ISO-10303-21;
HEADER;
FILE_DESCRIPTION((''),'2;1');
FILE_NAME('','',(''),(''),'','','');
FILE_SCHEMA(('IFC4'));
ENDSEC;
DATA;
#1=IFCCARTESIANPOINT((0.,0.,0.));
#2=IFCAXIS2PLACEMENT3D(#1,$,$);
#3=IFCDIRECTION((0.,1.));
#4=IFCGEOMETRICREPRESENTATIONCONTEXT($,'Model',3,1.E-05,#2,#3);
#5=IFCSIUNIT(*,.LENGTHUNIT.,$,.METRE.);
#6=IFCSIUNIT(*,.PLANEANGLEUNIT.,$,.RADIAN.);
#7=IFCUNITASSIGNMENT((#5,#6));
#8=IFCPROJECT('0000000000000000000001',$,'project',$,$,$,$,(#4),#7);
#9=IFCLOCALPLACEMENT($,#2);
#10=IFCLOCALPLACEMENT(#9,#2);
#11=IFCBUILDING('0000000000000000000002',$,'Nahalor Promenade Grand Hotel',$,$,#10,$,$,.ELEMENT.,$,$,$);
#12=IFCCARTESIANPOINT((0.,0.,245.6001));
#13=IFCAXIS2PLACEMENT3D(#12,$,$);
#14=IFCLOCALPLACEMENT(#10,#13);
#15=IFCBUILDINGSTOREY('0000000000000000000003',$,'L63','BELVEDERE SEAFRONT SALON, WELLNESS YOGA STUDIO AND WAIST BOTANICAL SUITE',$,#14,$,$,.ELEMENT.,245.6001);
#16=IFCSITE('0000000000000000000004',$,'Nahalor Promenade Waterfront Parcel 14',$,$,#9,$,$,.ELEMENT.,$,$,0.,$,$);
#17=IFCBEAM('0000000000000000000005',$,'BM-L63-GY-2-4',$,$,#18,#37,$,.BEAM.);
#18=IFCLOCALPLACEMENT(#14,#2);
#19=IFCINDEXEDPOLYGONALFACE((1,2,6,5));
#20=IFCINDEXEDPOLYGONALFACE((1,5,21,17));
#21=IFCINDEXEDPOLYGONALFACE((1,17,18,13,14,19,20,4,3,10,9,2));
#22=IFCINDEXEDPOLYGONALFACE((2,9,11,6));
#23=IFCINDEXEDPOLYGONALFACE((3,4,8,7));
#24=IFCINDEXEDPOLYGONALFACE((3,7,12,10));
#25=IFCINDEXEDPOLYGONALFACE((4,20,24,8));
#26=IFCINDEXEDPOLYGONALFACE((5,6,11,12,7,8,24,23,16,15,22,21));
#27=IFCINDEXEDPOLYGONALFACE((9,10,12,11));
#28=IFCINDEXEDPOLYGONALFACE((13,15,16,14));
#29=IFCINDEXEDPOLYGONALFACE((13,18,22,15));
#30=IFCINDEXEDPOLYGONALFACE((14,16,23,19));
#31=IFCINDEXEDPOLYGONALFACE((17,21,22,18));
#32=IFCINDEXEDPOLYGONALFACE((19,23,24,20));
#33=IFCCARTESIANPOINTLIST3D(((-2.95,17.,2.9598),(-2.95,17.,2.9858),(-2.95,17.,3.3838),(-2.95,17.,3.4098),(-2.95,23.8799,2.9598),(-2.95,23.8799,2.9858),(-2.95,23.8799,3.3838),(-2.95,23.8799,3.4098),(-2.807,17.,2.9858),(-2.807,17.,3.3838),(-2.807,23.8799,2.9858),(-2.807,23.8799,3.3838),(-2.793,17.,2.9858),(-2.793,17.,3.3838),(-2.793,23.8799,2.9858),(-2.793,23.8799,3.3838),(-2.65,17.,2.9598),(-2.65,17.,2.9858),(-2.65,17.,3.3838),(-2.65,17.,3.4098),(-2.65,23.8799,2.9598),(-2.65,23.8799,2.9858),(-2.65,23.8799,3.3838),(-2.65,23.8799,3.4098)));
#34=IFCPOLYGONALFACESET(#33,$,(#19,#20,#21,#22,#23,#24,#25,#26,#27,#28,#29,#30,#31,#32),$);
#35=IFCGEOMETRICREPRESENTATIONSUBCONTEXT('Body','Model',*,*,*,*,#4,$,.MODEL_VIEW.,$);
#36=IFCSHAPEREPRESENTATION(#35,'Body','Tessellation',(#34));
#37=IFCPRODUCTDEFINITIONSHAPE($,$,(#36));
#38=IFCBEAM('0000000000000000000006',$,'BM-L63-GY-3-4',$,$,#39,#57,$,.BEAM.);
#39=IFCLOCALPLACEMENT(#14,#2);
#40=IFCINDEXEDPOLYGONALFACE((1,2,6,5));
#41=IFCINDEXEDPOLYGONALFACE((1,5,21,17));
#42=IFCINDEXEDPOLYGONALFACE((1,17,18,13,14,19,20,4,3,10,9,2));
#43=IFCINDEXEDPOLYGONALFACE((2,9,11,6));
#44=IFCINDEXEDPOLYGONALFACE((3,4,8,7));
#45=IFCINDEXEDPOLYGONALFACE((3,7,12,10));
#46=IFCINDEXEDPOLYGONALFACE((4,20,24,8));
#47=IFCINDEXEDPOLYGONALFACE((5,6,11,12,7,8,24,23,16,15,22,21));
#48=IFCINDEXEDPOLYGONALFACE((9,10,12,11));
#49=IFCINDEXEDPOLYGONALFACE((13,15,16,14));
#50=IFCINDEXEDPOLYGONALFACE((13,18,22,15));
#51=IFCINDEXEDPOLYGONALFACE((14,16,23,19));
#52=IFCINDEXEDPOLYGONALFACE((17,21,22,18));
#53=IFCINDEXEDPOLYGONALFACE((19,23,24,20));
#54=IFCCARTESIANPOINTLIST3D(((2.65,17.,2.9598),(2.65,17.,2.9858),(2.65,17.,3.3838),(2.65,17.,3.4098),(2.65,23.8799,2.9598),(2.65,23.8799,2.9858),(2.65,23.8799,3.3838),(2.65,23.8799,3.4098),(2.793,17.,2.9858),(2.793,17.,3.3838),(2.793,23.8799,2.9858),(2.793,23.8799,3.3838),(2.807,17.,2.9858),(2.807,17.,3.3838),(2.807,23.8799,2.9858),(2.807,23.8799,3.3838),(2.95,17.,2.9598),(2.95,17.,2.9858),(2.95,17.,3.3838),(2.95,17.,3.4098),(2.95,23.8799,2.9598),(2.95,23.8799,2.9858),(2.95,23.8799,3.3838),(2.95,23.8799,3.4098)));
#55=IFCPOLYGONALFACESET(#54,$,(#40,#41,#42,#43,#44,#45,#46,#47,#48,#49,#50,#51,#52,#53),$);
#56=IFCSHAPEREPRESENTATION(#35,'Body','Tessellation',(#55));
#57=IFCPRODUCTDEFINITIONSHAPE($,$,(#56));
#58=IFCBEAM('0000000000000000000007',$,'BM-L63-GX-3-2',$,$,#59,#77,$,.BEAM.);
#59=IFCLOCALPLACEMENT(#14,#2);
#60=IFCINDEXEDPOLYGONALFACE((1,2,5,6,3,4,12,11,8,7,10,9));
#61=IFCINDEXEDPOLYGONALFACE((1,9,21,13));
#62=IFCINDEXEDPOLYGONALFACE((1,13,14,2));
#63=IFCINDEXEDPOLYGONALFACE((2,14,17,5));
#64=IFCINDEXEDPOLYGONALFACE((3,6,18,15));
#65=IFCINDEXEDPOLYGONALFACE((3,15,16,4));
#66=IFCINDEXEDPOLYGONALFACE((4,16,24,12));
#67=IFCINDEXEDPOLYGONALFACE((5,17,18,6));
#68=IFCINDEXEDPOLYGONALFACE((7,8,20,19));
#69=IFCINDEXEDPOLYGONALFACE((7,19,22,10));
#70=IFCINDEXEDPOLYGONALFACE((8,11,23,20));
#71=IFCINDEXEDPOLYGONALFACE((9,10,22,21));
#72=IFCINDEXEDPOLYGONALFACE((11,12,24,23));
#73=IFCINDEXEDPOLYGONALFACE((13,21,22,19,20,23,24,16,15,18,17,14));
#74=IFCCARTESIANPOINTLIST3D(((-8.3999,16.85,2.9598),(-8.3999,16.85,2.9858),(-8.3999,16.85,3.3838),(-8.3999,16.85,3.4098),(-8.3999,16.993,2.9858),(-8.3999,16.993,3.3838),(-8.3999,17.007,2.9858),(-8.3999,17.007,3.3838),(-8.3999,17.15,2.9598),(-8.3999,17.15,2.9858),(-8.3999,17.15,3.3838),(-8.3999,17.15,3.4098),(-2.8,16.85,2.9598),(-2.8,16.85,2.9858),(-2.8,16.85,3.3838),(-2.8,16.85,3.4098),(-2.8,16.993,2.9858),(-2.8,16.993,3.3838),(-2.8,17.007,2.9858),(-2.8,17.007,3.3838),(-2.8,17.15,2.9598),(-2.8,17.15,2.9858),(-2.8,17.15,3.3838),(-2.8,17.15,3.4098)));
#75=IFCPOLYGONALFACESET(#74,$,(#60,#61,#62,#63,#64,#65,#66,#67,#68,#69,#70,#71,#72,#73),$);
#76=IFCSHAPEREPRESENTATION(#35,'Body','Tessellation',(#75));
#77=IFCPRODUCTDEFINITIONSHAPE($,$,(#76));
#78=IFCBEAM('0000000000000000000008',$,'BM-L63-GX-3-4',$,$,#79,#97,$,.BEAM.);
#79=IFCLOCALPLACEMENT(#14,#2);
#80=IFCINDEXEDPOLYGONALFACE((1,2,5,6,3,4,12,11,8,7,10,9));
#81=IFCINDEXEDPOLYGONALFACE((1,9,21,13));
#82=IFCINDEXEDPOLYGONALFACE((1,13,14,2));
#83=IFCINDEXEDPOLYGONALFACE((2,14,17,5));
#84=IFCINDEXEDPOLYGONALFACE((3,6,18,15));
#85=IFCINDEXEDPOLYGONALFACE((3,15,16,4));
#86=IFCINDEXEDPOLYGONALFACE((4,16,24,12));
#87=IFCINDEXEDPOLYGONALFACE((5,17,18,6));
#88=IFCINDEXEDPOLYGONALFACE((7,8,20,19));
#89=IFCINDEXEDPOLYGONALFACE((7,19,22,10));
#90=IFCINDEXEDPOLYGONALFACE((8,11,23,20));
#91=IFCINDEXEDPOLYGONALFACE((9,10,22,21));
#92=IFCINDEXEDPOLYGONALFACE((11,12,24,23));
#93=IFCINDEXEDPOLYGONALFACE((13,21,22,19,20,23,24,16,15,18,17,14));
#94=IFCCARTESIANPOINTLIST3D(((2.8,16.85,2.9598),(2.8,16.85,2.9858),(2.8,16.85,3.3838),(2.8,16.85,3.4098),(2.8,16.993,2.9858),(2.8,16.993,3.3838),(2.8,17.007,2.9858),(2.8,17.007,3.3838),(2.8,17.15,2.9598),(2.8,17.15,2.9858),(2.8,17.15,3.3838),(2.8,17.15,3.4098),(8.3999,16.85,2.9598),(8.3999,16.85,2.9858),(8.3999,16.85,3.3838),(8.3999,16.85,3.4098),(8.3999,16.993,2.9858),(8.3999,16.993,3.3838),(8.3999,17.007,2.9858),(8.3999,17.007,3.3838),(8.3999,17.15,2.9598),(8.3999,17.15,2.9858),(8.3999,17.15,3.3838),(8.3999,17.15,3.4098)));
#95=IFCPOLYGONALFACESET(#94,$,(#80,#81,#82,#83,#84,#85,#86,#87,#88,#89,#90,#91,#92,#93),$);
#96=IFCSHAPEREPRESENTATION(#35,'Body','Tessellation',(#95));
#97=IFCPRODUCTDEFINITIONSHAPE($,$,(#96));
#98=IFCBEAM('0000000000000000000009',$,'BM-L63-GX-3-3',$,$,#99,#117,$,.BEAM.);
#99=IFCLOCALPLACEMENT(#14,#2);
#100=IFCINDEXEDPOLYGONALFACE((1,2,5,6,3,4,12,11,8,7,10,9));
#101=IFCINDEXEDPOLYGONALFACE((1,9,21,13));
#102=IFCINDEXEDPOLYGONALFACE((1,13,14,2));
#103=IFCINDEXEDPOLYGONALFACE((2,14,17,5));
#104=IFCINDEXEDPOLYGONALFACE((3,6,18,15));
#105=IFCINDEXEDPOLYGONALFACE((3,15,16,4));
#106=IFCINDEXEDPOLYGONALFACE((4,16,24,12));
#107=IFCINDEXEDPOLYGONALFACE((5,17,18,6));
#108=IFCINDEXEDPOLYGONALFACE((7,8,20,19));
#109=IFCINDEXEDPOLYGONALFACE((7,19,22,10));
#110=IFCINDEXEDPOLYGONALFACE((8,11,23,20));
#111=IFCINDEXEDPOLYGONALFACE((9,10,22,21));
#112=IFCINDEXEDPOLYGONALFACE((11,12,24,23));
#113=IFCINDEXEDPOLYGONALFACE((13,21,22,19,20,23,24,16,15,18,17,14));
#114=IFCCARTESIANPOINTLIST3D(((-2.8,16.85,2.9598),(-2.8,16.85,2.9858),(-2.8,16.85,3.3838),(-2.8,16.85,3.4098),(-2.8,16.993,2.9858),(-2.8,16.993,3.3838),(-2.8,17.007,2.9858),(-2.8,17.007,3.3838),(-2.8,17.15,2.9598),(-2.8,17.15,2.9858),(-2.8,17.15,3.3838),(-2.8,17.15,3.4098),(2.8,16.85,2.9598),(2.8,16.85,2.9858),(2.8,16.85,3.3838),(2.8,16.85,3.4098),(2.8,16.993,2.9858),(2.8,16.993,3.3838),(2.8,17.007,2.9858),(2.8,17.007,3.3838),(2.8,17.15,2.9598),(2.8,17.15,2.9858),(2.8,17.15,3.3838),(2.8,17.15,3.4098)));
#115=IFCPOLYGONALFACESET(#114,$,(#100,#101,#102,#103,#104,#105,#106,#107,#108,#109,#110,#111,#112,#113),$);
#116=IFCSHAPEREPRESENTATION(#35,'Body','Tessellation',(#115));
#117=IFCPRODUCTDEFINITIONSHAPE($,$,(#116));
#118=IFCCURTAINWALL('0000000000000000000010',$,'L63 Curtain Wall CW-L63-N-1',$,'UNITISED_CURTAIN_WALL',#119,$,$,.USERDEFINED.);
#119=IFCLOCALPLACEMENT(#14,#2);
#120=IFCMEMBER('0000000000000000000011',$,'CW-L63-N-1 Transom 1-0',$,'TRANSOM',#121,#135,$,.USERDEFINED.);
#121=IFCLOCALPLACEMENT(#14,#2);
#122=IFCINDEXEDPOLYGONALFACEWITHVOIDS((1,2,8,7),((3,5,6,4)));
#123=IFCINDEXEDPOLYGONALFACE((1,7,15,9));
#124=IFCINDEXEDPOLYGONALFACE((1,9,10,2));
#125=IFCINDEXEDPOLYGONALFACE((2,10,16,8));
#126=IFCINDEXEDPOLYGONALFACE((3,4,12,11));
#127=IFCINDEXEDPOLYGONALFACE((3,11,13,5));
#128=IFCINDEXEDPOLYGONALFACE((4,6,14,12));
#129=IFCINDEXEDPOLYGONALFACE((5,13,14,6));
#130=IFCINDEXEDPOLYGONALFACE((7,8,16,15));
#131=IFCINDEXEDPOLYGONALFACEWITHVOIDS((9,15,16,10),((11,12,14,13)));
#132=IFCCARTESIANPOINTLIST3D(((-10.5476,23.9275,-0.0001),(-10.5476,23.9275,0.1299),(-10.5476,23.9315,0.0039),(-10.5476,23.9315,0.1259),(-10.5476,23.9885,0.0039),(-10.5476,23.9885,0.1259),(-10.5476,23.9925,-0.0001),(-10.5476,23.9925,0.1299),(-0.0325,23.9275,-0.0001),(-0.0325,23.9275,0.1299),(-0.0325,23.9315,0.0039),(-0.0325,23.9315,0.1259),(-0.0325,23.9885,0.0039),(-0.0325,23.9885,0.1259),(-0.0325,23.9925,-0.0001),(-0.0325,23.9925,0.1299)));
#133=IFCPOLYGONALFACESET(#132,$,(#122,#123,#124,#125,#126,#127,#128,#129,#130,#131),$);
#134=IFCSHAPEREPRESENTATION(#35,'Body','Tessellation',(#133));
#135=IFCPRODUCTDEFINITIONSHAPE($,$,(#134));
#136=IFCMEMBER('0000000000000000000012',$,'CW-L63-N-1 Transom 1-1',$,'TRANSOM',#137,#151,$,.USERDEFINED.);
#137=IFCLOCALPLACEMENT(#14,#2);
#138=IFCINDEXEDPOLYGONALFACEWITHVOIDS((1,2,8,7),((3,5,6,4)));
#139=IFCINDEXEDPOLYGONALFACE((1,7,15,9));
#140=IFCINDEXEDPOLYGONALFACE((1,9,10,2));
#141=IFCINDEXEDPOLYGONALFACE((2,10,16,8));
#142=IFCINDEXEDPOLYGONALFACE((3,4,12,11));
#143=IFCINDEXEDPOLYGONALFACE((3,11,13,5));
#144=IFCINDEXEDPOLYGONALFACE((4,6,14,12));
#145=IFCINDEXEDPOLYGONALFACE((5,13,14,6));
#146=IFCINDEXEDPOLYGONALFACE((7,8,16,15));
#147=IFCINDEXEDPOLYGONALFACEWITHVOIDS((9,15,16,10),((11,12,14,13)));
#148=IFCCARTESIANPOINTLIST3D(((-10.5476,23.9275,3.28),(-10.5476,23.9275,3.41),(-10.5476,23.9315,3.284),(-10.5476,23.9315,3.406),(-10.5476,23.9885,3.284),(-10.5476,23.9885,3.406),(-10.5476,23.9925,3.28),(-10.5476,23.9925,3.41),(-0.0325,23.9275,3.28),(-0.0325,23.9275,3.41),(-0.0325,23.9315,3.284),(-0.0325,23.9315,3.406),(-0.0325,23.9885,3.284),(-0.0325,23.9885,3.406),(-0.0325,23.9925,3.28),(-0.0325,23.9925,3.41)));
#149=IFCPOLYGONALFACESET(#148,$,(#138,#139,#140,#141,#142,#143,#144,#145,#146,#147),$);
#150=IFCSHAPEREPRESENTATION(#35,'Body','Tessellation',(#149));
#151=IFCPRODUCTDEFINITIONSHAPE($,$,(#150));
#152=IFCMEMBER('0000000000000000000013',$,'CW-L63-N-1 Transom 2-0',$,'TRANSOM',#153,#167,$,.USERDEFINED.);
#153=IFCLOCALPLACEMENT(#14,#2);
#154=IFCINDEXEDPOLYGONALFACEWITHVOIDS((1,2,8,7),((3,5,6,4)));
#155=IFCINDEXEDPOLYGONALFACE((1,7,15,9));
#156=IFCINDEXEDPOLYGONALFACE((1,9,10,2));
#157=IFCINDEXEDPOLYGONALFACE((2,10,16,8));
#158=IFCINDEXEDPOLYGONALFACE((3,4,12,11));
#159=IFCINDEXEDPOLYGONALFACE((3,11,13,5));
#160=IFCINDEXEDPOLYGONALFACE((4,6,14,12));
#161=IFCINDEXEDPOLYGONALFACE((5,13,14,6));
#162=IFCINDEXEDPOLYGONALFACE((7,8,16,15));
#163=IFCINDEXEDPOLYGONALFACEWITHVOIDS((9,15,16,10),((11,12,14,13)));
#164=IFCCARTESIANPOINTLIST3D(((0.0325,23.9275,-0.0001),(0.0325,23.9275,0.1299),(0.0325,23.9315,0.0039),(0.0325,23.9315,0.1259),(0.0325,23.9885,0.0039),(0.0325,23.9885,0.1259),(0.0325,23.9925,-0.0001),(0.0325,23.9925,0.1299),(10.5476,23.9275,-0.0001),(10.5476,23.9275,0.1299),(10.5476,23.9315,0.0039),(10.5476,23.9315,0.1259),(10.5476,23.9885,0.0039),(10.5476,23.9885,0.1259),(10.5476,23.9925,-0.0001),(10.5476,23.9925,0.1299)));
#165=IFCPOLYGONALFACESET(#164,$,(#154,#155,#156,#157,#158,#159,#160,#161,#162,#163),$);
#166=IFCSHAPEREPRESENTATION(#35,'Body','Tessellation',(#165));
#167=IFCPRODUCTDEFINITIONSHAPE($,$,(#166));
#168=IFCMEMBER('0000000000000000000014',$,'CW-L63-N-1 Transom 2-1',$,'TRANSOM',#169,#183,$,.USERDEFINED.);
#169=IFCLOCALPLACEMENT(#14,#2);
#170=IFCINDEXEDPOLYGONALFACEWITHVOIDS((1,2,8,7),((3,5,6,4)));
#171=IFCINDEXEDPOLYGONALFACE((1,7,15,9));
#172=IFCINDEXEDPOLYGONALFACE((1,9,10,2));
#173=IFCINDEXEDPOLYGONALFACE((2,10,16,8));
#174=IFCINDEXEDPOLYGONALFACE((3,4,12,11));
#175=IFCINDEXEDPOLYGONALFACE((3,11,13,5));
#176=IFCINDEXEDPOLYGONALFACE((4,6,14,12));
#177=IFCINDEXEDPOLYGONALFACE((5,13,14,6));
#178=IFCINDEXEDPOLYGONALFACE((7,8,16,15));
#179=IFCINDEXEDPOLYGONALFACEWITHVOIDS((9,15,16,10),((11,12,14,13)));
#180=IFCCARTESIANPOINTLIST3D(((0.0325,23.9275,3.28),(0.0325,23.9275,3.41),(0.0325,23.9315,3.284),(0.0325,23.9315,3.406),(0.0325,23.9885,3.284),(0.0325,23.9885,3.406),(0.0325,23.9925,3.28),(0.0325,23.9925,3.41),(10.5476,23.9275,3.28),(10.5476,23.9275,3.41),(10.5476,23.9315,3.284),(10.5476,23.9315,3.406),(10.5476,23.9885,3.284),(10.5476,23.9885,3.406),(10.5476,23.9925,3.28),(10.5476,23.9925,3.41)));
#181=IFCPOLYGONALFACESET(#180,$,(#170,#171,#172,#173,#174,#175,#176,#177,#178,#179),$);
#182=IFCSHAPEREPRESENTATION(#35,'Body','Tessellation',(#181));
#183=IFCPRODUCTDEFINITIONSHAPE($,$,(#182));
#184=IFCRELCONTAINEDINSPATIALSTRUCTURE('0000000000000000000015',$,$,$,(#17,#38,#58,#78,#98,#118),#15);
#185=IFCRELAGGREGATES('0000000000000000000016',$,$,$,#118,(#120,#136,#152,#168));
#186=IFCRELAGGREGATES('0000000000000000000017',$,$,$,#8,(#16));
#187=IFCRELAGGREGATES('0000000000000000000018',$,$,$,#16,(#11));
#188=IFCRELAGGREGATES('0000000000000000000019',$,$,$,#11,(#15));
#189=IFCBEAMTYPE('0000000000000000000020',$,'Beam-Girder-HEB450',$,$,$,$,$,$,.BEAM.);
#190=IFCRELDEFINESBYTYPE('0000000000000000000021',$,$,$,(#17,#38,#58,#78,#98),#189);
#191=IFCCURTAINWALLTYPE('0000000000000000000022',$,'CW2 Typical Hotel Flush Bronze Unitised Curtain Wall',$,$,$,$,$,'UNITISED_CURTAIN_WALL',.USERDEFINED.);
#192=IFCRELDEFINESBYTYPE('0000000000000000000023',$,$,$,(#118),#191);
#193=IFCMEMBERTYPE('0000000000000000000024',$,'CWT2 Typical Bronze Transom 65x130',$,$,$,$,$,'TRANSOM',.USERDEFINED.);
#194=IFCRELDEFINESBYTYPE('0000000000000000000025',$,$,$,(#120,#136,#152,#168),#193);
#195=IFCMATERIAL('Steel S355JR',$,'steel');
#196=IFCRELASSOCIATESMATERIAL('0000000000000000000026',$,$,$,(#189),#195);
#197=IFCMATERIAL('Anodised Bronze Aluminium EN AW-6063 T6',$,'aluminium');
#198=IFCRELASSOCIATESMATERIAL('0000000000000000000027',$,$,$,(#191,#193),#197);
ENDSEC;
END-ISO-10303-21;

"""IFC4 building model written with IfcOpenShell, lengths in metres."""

from ifc_helpers import new_model, si_unit, direction, frame, origin, origin_2d, place, context, subcontext, project, spatial, hollow_rectangle, i_section, extrude, source, transform, mapped, material, material_profile, profile_set, type_object, element, aggregate, save


model = new_model("IFC4")

# Units and contexts
model_context = context("Model", 3, precision=1e-05, world=origin(), true_north=direction((0.0, 1.0)))
body_context = subcontext(model_context, "Body", "Model", "MODEL_VIEW")
ifc_project = project(units=[si_unit("LENGTHUNIT", "METRE"), si_unit("PLANEANGLEUNIT", "RADIAN")], contexts=[model_context])

# Site, building, storey
site_placement = place(None, origin())
site = spatial("IfcSite", under=ifc_project, at=site_placement, Name="Nahalor Promenade Waterfront Parcel 14", CompositionType="ELEMENT", RefElevation=0.0)
building_placement = place(site_placement, origin())
building = spatial("IfcBuilding", under=site, at=building_placement, Name="Nahalor Promenade Grand Hotel", CompositionType="ELEMENT")
storey_placement = place(building_placement, frame((0.0, 0.0, 245.6001)))
storey = spatial("IfcBuildingStorey", under=building, at=storey_placement, Name="L63", Description="BELVEDERE SEAFRONT SALON, WELLNESS YOGA STUDIO AND WAIST BOTANICAL SUITE", CompositionType="ELEMENT", Elevation=245.6001)

# Shared definitions
ifc_material_1 = material(Name="Steel S355JR", Category="steel")

# Beams
ifc_material_profile_1 = material_profile(ifc_material_1, i_section(OverallWidth=0.3, OverallDepth=0.45, WebThickness=0.014, FlangeThickness=0.026, at=origin_2d()), Name="HEB 450")
ifc_profile_set_1 = profile_set([ifc_material_profile_1], Name="Steel S355JR")
beam_type_1 = type_object("IfcBeamType", Name="Beam-Girder-HEB450", PredefinedType="BEAM", material=ifc_profile_set_1)
shared_shape_1 = source(origin(), body_context, "Body", "SweptSolid", [
    extrude(i_section(OverallWidth=0.3, OverallDepth=0.45, WebThickness=0.014, FlangeThickness=0.026, at=origin_2d()), origin(), (0.0, 0.0, 1.0), 6.8799),
])
for number, where, z_axis, x_axis, name in (
    (1, (-2.8, 17.0, 3.1848), (0.0, 1.0, 0.0), (-1.0, 0.0, 0.0), "BM-L63-GY-2-4"),
    (2, (2.8, 17.0, 3.1848), (0.0, 1.0, 0.0), (-1.0, 0.0, 0.0), "BM-L63-GY-3-4"),
):
    element("IfcBeam", number, at=place(storey_placement, frame(where, z_axis=z_axis, x_axis=x_axis)), inside=storey, type_object=beam_type_1, Name=name, PredefinedType="BEAM", context=body_context, shape_type="MappedRepresentation", body=[
        mapped(shared_shape_1, transform((0.0, 0.0, 0.0), scale=1.0)),
    ])
shared_shape_2 = source(origin(), body_context, "Body", "SweptSolid", [
    extrude(i_section(OverallWidth=0.3, OverallDepth=0.45, WebThickness=0.014, FlangeThickness=0.026, at=origin_2d()), origin(), (0.0, 0.0, 1.0), 5.5999),
])
for number, where, z_axis, x_axis, name in (
    (3, (-8.3999, 17.0, 3.1848), (1.0, 0.0, 0.0), (0.0, 1.0, 0.0), "BM-L63-GX-3-2"),
    (4, (2.8, 17.0, 3.1848), (1.0, 0.0, 0.0), (0.0, 1.0, 0.0), "BM-L63-GX-3-4"),
):
    element("IfcBeam", number, at=place(storey_placement, frame(where, z_axis=z_axis, x_axis=x_axis)), inside=storey, type_object=beam_type_1, Name=name, PredefinedType="BEAM", context=body_context, shape_type="MappedRepresentation", body=[
        mapped(shared_shape_2, transform((0.0, 0.0, 0.0), scale=1.0)),
    ])
shared_shape_3 = source(origin(), body_context, "Body", "SweptSolid", [
    extrude(i_section(OverallWidth=0.3, OverallDepth=0.45, WebThickness=0.014, FlangeThickness=0.026, at=origin_2d()), origin(), (0.0, 0.0, 1.0), 5.6001),
])
beam_1_placement = place(storey_placement, frame((-2.8, 17.0, 3.1848), z_axis=(1.0, 0.0, 0.0), x_axis=(0.0, 1.0, 0.0)))
element("IfcBeam", 5, at=beam_1_placement, inside=storey, type_object=beam_type_1, Name="BM-L63-GX-3-3", PredefinedType="BEAM", context=body_context, shape_type="MappedRepresentation", body=[
    mapped(shared_shape_3, transform((0.0, 0.0, 0.0), scale=1.0)),
])

# Curtain wall, members
ifc_material_2 = material(Name="Anodised Bronze Aluminium EN AW-6063 T6", Category="aluminium")
curtain_wall_type = type_object("IfcCurtainWallType", Name="CW2 Typical Hotel Flush Bronze Unitised Curtain Wall", ElementType="UNITISED_CURTAIN_WALL", PredefinedType="USERDEFINED", material=ifc_material_2)
curtain_wall_placement = place(storey_placement, origin())
curtain_wall = element("IfcCurtainWall", 6, at=curtain_wall_placement, inside=storey, type_object=curtain_wall_type, Name="L63 Curtain Wall CW-L63-N-1", ObjectType="UNITISED_CURTAIN_WALL", PredefinedType="USERDEFINED")
ifc_material_profile_2 = material_profile(ifc_material_2, hollow_rectangle(XDim=0.065, YDim=0.13, WallThickness=0.004, at=origin_2d()), Name="CWT 65x130x4")
ifc_profile_set_2 = profile_set([ifc_material_profile_2], Name="Anodised Bronze Aluminium EN AW-6063 T6")
member_type_1 = type_object("IfcMemberType", Name="CWT2 Typical Bronze Transom 65x130", ElementType="TRANSOM", PredefinedType="USERDEFINED", material=ifc_profile_set_2)
shared_shape_4 = source(origin(), body_context, "Body", "SweptSolid", [
    extrude(hollow_rectangle(XDim=0.065, YDim=0.13, WallThickness=0.004, at=origin_2d()), origin(), (0.0, 0.0, 1.0), 10.5151),
])
member_1_placement = place(storey_placement, frame((-10.5476, 23.96, 0.0649), z_axis=(1.0, 0.0, 0.0), x_axis=(0.0, 1.0, 0.0)))
member_1 = element("IfcMember", 7, at=member_1_placement, type_object=member_type_1, Name="CW-L63-N-1 Transom 1-0", ObjectType="TRANSOM", PredefinedType="USERDEFINED", context=body_context, shape_type="MappedRepresentation", body=[
    mapped(shared_shape_4, transform((0.0, 0.0, 0.0), scale=1.0)),
])
member_2_placement = place(storey_placement, frame((-10.5476, 23.96, 3.345), z_axis=(1.0, 0.0, 0.0), x_axis=(0.0, 1.0, 0.0)))
member_2 = element("IfcMember", 8, at=member_2_placement, type_object=member_type_1, Name="CW-L63-N-1 Transom 1-1", ObjectType="TRANSOM", PredefinedType="USERDEFINED", context=body_context, shape_type="MappedRepresentation", body=[
    mapped(shared_shape_4, transform((0.0, 0.0, 0.0), scale=1.0)),
])
member_3_placement = place(storey_placement, frame((0.0325, 23.96, 0.0649), z_axis=(1.0, 0.0, 0.0), x_axis=(0.0, 1.0, 0.0)))
member_3 = element("IfcMember", 9, at=member_3_placement, type_object=member_type_1, Name="CW-L63-N-1 Transom 2-0", ObjectType="TRANSOM", PredefinedType="USERDEFINED", context=body_context, shape_type="MappedRepresentation", body=[
    mapped(shared_shape_4, transform((0.0, 0.0, 0.0), scale=1.0)),
])
member_4_placement = place(storey_placement, frame((0.0325, 23.96, 3.345), z_axis=(1.0, 0.0, 0.0), x_axis=(0.0, 1.0, 0.0)))
member_4 = element("IfcMember", 10, at=member_4_placement, type_object=member_type_1, Name="CW-L63-N-1 Transom 2-1", ObjectType="TRANSOM", PredefinedType="USERDEFINED", context=body_context, shape_type="MappedRepresentation", body=[
    mapped(shared_shape_4, transform((0.0, 0.0, 0.0), scale=1.0)),
])
aggregate(curtain_wall, [member_1, member_2, member_3, member_4])

save(model, "model.ifc")
